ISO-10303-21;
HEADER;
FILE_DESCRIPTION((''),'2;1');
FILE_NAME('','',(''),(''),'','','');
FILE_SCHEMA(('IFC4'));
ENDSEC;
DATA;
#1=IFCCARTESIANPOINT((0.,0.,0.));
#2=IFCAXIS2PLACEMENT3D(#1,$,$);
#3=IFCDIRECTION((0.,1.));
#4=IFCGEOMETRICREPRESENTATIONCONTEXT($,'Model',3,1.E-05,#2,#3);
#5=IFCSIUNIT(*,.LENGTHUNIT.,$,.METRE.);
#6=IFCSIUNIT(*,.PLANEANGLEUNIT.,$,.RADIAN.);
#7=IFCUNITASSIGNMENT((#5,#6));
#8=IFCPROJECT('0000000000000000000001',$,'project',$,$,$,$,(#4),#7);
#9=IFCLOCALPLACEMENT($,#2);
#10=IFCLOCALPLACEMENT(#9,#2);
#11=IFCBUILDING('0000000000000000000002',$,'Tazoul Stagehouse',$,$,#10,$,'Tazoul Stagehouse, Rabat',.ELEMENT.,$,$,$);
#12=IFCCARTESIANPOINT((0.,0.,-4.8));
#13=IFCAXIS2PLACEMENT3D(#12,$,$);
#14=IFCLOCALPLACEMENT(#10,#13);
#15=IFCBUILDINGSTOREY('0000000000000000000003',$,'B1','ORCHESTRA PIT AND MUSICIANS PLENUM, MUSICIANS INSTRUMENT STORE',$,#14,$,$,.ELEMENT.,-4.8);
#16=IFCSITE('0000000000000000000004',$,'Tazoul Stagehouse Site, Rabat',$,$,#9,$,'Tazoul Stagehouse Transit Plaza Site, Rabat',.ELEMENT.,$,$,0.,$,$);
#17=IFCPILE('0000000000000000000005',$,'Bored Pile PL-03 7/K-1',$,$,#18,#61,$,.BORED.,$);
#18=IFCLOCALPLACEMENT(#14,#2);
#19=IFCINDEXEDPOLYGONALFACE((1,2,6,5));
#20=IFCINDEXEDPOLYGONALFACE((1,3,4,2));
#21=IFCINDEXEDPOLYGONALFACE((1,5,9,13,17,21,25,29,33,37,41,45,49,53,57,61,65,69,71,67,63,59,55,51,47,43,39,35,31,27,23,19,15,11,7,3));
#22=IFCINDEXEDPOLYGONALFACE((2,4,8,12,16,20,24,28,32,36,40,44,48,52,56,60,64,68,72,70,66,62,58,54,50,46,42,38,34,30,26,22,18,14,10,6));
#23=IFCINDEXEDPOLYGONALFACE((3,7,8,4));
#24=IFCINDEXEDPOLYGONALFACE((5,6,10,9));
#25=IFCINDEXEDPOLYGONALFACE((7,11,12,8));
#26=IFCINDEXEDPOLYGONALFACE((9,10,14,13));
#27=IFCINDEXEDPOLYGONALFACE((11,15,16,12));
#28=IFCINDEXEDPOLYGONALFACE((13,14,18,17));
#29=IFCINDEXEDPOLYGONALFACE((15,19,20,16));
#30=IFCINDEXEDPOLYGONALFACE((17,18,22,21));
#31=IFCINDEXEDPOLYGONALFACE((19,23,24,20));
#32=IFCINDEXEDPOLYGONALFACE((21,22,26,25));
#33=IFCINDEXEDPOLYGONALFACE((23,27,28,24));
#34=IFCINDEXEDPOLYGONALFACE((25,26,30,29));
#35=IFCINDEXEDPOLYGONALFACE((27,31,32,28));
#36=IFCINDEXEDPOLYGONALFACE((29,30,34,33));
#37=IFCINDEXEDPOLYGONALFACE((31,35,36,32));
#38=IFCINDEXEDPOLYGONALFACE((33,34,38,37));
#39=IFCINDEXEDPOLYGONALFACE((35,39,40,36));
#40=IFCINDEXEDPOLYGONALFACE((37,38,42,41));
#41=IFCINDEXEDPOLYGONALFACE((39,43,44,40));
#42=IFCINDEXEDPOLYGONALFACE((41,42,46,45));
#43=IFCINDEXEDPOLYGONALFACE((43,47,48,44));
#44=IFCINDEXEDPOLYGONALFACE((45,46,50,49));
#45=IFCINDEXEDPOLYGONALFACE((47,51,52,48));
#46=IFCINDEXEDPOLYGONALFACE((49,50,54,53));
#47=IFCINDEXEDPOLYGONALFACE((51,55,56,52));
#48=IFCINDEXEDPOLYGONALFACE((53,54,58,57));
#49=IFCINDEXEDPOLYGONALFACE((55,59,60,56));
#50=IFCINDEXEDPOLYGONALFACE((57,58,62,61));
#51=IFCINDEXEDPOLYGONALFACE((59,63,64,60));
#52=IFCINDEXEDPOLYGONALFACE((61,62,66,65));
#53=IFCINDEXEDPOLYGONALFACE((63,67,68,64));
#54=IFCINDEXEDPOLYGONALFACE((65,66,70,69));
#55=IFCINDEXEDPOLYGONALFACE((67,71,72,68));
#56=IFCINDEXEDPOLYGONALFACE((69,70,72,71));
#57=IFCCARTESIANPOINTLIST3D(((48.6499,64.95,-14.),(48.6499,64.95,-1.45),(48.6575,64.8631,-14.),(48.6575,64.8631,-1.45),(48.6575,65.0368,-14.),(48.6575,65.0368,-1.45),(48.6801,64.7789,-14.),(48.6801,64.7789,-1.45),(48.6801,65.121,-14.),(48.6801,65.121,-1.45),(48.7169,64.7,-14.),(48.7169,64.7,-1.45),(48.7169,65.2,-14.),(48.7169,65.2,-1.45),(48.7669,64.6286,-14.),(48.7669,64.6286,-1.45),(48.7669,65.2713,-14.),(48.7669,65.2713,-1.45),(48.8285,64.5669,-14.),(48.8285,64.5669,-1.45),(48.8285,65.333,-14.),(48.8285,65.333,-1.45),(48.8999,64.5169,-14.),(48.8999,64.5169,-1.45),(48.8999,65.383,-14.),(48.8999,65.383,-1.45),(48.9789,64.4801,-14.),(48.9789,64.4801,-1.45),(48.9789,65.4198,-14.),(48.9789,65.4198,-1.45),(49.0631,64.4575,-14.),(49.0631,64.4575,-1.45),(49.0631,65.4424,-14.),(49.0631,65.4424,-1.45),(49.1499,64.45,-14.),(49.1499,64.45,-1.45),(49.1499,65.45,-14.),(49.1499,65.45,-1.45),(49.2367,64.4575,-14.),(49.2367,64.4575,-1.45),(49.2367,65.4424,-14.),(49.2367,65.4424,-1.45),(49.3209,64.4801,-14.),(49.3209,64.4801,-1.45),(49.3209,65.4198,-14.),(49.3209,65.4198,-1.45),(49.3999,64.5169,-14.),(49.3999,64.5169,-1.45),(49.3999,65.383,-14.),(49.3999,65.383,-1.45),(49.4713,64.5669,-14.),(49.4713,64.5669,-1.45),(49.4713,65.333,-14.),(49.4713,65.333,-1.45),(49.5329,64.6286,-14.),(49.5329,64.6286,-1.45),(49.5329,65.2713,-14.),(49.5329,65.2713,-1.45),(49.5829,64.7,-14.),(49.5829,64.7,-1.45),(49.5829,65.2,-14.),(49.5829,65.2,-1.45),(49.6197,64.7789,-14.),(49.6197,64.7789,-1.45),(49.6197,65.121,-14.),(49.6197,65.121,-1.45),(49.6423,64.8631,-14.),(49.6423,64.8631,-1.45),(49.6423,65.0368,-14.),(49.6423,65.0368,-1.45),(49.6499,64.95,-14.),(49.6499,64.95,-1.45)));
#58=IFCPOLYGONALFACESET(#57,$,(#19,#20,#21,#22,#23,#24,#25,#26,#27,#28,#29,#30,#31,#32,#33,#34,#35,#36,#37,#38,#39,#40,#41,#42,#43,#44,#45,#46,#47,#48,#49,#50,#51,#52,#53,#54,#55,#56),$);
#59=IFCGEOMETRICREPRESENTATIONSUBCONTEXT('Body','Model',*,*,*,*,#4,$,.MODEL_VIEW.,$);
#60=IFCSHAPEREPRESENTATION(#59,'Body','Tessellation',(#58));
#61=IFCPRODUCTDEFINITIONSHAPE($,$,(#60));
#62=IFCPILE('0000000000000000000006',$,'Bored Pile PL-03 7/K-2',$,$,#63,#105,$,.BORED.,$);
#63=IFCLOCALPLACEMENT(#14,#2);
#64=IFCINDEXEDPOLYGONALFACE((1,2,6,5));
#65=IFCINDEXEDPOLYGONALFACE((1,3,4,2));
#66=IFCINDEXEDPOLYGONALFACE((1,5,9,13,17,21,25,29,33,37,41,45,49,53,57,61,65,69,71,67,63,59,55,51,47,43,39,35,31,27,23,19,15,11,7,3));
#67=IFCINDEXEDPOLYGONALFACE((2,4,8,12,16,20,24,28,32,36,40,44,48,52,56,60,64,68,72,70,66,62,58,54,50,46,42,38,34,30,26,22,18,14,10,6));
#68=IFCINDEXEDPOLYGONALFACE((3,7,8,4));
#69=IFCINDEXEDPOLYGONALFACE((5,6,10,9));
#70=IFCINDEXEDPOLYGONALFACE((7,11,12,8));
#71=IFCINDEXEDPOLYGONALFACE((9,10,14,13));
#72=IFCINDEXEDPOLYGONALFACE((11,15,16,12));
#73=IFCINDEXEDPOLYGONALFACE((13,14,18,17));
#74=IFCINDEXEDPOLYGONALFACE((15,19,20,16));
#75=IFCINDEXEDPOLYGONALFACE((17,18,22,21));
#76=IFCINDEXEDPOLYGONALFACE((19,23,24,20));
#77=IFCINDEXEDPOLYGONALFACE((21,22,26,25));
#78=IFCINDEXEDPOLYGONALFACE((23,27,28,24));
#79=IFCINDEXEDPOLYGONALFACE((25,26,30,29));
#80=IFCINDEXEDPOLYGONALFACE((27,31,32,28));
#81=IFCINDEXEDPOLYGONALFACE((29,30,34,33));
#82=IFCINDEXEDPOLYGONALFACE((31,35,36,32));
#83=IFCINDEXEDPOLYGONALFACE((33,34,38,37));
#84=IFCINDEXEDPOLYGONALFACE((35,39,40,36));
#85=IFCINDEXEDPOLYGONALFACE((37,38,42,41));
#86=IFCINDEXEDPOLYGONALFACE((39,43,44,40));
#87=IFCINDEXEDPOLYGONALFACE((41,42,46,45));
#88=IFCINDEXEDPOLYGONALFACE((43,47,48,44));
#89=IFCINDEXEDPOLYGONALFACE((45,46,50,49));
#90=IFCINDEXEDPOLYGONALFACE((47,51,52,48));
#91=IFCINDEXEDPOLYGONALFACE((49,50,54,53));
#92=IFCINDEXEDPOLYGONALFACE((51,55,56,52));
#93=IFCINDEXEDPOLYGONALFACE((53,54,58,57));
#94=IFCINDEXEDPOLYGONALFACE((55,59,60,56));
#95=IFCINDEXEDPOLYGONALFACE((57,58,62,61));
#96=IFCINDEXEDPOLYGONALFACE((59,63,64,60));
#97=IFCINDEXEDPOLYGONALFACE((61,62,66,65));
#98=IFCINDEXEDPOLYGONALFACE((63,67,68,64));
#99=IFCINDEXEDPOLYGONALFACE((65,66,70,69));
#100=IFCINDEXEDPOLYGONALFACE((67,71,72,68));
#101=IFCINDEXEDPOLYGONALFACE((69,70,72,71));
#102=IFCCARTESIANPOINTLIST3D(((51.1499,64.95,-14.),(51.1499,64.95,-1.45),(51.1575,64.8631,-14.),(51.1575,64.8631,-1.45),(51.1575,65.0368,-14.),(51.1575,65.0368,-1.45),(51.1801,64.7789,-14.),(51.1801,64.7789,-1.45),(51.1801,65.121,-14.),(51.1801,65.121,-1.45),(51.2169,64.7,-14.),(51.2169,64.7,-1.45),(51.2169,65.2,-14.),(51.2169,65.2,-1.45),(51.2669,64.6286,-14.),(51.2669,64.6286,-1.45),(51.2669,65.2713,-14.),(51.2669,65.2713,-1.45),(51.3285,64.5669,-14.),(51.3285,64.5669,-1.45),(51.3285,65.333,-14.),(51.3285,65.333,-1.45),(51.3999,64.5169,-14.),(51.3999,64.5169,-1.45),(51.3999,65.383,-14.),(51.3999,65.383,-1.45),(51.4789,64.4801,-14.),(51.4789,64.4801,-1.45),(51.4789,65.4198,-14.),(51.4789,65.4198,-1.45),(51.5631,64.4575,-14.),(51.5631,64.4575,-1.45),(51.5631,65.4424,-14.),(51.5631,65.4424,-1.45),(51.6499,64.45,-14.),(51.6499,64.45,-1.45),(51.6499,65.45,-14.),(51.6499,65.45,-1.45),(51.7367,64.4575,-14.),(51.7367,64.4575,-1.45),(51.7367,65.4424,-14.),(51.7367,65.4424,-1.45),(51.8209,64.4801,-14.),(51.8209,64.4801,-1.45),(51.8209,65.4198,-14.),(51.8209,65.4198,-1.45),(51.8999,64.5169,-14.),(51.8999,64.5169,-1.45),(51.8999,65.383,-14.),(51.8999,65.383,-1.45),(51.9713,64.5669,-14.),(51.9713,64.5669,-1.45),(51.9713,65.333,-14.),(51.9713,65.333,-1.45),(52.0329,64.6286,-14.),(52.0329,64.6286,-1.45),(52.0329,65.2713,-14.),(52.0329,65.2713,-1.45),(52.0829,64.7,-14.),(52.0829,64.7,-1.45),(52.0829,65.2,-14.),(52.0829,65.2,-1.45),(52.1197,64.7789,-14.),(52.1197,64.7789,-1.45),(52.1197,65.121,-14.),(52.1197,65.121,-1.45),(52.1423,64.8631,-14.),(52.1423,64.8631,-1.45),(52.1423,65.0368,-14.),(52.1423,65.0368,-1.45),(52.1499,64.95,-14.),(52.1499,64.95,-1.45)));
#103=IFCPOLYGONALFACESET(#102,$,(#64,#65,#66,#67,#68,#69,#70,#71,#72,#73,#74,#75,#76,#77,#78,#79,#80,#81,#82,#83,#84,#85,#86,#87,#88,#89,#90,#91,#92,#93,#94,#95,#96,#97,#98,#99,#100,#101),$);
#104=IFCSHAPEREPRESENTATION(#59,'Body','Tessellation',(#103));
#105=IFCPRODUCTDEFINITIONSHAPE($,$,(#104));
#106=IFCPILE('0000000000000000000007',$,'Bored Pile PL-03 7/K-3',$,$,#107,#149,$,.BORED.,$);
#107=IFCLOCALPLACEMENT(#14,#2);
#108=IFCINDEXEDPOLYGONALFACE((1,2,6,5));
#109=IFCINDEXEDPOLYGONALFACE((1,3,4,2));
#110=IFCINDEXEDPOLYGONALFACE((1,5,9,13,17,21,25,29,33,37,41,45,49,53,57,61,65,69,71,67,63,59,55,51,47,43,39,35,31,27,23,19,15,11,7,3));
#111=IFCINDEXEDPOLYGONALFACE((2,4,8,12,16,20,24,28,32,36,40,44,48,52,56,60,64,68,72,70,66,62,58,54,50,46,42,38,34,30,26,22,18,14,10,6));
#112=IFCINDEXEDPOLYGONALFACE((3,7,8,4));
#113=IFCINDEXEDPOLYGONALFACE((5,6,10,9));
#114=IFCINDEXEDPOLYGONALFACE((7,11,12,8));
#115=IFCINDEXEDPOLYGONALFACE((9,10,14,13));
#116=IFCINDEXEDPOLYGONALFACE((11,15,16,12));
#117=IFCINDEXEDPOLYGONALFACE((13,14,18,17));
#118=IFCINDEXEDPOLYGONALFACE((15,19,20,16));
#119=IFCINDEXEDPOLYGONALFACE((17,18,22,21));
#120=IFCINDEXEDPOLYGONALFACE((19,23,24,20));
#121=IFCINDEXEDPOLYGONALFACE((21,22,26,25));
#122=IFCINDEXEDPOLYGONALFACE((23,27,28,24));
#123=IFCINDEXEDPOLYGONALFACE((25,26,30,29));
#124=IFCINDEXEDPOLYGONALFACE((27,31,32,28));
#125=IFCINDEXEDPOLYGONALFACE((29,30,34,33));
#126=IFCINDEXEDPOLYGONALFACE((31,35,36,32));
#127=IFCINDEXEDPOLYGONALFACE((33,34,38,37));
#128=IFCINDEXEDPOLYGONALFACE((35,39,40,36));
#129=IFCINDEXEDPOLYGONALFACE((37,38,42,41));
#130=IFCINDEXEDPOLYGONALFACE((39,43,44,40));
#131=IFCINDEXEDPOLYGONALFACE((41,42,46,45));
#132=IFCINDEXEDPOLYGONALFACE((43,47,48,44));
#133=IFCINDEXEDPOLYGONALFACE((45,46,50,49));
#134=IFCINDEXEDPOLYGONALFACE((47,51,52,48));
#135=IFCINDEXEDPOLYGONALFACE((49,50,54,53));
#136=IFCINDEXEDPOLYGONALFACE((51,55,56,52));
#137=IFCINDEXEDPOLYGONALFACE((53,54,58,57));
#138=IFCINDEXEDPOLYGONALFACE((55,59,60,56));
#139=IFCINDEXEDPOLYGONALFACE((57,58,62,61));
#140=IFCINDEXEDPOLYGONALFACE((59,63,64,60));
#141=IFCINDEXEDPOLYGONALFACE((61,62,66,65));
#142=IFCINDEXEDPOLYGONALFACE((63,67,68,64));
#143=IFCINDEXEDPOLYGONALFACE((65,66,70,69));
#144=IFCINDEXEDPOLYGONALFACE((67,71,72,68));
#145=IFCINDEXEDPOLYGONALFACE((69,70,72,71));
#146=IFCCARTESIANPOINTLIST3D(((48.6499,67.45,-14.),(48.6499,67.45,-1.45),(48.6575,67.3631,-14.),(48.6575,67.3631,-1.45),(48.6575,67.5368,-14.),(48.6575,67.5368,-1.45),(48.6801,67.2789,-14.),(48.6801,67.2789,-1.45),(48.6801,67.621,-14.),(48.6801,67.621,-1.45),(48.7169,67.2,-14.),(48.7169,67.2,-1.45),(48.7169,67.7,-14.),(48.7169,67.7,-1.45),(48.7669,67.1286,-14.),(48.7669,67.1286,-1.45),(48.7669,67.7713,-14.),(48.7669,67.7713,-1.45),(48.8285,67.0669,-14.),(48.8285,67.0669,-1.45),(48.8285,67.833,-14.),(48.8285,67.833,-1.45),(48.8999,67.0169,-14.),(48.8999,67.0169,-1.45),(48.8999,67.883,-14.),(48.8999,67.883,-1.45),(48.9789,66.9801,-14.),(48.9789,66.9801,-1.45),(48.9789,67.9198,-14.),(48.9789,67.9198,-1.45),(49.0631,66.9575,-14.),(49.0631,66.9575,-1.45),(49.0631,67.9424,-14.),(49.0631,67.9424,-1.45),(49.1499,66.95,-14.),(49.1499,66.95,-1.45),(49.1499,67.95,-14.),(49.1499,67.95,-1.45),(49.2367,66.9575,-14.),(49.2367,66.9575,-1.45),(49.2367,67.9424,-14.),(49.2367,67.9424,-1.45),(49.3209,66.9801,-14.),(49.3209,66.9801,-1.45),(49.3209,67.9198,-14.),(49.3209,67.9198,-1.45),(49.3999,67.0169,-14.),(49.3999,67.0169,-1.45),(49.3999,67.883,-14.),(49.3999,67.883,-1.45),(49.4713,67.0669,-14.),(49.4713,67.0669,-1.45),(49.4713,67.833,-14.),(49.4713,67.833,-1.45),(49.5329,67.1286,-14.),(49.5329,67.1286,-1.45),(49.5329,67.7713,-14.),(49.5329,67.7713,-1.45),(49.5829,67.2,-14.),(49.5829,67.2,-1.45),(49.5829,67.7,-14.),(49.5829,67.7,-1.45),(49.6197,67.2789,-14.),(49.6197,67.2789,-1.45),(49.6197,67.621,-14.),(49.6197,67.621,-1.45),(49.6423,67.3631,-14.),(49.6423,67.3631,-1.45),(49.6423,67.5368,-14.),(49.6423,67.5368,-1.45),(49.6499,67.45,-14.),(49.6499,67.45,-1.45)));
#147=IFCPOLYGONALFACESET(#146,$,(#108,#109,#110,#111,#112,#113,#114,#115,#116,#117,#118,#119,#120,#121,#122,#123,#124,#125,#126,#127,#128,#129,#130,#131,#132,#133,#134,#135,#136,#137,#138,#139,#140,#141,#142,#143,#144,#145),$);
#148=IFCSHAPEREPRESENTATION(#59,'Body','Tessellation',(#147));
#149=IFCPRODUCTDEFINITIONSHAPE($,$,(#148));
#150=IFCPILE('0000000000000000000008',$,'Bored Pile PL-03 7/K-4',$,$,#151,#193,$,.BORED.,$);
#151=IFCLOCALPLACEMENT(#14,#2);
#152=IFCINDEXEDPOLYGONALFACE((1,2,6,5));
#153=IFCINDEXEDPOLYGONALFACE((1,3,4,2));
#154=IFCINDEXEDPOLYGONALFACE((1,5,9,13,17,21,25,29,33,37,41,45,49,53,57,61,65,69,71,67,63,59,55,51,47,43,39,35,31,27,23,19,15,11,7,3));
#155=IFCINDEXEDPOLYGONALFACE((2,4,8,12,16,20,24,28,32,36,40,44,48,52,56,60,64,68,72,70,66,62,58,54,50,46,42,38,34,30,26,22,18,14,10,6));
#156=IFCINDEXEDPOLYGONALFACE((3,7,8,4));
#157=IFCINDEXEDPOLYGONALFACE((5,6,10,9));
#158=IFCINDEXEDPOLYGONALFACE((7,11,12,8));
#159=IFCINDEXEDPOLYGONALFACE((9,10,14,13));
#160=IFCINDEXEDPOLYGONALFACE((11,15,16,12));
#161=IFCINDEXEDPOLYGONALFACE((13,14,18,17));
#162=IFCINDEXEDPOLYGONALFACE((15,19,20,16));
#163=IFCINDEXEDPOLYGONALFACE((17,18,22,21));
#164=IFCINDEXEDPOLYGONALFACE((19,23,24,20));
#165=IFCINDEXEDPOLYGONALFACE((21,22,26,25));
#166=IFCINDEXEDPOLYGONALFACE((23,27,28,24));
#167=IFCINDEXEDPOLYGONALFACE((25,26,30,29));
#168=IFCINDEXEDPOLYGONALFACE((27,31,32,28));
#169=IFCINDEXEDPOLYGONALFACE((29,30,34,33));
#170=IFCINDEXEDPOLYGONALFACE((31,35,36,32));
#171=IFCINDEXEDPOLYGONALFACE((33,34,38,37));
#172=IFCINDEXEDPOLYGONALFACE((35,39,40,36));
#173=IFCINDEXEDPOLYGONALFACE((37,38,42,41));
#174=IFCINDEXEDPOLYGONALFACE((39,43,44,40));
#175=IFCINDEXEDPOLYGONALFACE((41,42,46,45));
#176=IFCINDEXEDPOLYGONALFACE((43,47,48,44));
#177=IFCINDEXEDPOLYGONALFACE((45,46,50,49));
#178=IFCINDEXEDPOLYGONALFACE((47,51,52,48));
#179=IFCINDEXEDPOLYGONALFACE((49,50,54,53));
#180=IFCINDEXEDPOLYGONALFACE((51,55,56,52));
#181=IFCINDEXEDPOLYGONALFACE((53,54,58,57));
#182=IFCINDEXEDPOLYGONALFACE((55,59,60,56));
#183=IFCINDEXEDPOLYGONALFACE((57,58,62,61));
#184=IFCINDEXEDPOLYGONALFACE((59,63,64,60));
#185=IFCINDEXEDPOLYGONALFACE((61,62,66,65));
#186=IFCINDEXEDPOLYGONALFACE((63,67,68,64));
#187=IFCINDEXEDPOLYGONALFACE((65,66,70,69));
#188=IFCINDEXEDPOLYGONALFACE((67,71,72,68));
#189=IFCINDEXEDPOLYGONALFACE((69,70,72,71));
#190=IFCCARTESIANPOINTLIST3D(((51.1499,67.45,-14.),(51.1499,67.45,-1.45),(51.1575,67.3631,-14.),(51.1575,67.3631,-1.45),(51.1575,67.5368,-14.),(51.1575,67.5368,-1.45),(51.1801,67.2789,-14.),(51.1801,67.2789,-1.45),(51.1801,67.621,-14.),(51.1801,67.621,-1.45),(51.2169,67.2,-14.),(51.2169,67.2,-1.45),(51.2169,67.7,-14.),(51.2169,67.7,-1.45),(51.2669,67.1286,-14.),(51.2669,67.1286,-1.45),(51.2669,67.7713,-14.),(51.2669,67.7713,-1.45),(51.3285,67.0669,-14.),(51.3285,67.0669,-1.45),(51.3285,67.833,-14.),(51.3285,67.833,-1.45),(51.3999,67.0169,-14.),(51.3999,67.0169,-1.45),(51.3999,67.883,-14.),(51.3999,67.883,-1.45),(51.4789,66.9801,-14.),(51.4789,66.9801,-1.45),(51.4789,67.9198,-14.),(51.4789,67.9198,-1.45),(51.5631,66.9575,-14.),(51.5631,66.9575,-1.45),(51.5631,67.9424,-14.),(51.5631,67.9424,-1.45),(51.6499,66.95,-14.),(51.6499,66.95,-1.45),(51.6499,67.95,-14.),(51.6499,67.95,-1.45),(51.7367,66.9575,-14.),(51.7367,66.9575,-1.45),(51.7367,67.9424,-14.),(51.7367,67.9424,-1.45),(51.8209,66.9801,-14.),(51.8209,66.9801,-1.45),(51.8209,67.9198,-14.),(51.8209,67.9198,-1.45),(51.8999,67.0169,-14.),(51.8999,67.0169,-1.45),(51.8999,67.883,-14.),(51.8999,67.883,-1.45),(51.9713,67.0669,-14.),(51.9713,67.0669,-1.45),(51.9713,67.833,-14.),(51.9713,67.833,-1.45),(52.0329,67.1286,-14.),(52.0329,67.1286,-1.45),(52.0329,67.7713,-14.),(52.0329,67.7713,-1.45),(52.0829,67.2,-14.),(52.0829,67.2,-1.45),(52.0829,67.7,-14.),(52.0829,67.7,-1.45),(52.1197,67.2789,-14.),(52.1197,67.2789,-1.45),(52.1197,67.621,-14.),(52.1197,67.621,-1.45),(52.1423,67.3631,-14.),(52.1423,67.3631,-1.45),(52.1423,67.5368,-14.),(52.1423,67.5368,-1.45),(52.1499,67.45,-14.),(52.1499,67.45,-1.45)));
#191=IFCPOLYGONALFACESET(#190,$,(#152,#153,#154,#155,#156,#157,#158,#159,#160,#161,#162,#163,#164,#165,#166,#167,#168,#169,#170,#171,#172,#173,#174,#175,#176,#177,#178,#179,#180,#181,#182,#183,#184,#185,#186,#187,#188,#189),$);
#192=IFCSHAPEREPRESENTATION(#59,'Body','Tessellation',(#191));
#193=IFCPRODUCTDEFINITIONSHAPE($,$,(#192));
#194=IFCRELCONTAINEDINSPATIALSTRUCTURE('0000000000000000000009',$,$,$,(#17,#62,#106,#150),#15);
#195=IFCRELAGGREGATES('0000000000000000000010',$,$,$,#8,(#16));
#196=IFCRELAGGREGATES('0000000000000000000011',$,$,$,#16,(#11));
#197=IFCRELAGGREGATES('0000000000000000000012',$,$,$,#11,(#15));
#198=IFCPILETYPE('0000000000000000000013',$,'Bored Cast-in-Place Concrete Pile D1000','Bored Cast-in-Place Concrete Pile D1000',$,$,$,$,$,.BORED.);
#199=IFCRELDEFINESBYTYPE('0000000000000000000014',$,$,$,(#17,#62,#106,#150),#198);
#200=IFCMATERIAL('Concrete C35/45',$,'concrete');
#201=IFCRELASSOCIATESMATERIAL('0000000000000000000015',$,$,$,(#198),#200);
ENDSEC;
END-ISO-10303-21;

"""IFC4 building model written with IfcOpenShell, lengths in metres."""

from ifc_helpers import new_model, si_unit, direction, frame, origin, origin_2d, place, context, subcontext, project, spatial, circle, extrude, material, material_profile, profile_set, type_object, element, save


model = new_model("IFC4")

# Units and contexts
model_context = context("Model", 3, precision=1e-05, world=origin(), true_north=direction((0.0, 1.0)))
body_context = subcontext(model_context, "Body", "Model", "MODEL_VIEW")
ifc_project = project(units=[si_unit("LENGTHUNIT", "METRE"), si_unit("PLANEANGLEUNIT", "RADIAN")], contexts=[model_context])

# Site, building, storey
site_placement = place(None, origin())
site = spatial("IfcSite", under=ifc_project, at=site_placement, Name="Tazoul Stagehouse Site, Rabat", LongName="Tazoul Stagehouse Transit Plaza Site, Rabat", CompositionType="ELEMENT", RefElevation=0.0)
building_placement = place(site_placement, origin())
building = spatial("IfcBuilding", under=site, at=building_placement, Name="Tazoul Stagehouse", LongName="Tazoul Stagehouse, Rabat", CompositionType="ELEMENT")
storey_placement = place(building_placement, frame((0.0, 0.0, -4.8)))
storey = spatial("IfcBuildingStorey", under=building, at=storey_placement, Name="B1", Description="ORCHESTRA PIT AND MUSICIANS PLENUM, MUSICIANS INSTRUMENT STORE", CompositionType="ELEMENT", Elevation=-4.8)

# Piles
ifc_material_1 = material(Name="Concrete C35/45", Category="concrete")
ifc_material_profile_1 = material_profile(ifc_material_1, circle(Radius=0.5, at=origin_2d()), Name="BORED PILE 1000")
ifc_profile_set_1 = profile_set([ifc_material_profile_1], Name="Concrete C35/45")
pile_type = type_object("IfcPileType", Name="Bored Cast-in-Place Concrete Pile D1000", Description="Bored Cast-in-Place Concrete Pile D1000", PredefinedType="BORED", material=ifc_profile_set_1)
for number, where, z_axis, x_axis, name in (
    (1, (49.1499, 64.95, -1.45), (0.0, 0.0, -1.0), (1.0, 0.0, 0.0), "Bored Pile PL-03 7/K-1"),
    (2, (51.6499, 64.95, -1.45), (0.0, 0.0, -1.0), (1.0, 0.0, 0.0), "Bored Pile PL-03 7/K-2"),
    (3, (49.1499, 67.45, -1.45), (0.0, 0.0, -1.0), (1.0, 0.0, 0.0), "Bored Pile PL-03 7/K-3"),
    (4, (51.6499, 67.45, -1.45), (0.0, 0.0, -1.0), (1.0, 0.0, 0.0), "Bored Pile PL-03 7/K-4"),
):
    element("IfcPile", number, at=place(storey_placement, frame(where, z_axis=z_axis, x_axis=x_axis)), inside=storey, type_object=pile_type, Name=name, PredefinedType="BORED", context=body_context, shape_type="SweptSolid", body=[
        extrude(circle(Radius=0.5, at=origin_2d()), origin(), (0.0, 0.0, 1.0), 12.55),
    ])

save(model, "model.ifc")
